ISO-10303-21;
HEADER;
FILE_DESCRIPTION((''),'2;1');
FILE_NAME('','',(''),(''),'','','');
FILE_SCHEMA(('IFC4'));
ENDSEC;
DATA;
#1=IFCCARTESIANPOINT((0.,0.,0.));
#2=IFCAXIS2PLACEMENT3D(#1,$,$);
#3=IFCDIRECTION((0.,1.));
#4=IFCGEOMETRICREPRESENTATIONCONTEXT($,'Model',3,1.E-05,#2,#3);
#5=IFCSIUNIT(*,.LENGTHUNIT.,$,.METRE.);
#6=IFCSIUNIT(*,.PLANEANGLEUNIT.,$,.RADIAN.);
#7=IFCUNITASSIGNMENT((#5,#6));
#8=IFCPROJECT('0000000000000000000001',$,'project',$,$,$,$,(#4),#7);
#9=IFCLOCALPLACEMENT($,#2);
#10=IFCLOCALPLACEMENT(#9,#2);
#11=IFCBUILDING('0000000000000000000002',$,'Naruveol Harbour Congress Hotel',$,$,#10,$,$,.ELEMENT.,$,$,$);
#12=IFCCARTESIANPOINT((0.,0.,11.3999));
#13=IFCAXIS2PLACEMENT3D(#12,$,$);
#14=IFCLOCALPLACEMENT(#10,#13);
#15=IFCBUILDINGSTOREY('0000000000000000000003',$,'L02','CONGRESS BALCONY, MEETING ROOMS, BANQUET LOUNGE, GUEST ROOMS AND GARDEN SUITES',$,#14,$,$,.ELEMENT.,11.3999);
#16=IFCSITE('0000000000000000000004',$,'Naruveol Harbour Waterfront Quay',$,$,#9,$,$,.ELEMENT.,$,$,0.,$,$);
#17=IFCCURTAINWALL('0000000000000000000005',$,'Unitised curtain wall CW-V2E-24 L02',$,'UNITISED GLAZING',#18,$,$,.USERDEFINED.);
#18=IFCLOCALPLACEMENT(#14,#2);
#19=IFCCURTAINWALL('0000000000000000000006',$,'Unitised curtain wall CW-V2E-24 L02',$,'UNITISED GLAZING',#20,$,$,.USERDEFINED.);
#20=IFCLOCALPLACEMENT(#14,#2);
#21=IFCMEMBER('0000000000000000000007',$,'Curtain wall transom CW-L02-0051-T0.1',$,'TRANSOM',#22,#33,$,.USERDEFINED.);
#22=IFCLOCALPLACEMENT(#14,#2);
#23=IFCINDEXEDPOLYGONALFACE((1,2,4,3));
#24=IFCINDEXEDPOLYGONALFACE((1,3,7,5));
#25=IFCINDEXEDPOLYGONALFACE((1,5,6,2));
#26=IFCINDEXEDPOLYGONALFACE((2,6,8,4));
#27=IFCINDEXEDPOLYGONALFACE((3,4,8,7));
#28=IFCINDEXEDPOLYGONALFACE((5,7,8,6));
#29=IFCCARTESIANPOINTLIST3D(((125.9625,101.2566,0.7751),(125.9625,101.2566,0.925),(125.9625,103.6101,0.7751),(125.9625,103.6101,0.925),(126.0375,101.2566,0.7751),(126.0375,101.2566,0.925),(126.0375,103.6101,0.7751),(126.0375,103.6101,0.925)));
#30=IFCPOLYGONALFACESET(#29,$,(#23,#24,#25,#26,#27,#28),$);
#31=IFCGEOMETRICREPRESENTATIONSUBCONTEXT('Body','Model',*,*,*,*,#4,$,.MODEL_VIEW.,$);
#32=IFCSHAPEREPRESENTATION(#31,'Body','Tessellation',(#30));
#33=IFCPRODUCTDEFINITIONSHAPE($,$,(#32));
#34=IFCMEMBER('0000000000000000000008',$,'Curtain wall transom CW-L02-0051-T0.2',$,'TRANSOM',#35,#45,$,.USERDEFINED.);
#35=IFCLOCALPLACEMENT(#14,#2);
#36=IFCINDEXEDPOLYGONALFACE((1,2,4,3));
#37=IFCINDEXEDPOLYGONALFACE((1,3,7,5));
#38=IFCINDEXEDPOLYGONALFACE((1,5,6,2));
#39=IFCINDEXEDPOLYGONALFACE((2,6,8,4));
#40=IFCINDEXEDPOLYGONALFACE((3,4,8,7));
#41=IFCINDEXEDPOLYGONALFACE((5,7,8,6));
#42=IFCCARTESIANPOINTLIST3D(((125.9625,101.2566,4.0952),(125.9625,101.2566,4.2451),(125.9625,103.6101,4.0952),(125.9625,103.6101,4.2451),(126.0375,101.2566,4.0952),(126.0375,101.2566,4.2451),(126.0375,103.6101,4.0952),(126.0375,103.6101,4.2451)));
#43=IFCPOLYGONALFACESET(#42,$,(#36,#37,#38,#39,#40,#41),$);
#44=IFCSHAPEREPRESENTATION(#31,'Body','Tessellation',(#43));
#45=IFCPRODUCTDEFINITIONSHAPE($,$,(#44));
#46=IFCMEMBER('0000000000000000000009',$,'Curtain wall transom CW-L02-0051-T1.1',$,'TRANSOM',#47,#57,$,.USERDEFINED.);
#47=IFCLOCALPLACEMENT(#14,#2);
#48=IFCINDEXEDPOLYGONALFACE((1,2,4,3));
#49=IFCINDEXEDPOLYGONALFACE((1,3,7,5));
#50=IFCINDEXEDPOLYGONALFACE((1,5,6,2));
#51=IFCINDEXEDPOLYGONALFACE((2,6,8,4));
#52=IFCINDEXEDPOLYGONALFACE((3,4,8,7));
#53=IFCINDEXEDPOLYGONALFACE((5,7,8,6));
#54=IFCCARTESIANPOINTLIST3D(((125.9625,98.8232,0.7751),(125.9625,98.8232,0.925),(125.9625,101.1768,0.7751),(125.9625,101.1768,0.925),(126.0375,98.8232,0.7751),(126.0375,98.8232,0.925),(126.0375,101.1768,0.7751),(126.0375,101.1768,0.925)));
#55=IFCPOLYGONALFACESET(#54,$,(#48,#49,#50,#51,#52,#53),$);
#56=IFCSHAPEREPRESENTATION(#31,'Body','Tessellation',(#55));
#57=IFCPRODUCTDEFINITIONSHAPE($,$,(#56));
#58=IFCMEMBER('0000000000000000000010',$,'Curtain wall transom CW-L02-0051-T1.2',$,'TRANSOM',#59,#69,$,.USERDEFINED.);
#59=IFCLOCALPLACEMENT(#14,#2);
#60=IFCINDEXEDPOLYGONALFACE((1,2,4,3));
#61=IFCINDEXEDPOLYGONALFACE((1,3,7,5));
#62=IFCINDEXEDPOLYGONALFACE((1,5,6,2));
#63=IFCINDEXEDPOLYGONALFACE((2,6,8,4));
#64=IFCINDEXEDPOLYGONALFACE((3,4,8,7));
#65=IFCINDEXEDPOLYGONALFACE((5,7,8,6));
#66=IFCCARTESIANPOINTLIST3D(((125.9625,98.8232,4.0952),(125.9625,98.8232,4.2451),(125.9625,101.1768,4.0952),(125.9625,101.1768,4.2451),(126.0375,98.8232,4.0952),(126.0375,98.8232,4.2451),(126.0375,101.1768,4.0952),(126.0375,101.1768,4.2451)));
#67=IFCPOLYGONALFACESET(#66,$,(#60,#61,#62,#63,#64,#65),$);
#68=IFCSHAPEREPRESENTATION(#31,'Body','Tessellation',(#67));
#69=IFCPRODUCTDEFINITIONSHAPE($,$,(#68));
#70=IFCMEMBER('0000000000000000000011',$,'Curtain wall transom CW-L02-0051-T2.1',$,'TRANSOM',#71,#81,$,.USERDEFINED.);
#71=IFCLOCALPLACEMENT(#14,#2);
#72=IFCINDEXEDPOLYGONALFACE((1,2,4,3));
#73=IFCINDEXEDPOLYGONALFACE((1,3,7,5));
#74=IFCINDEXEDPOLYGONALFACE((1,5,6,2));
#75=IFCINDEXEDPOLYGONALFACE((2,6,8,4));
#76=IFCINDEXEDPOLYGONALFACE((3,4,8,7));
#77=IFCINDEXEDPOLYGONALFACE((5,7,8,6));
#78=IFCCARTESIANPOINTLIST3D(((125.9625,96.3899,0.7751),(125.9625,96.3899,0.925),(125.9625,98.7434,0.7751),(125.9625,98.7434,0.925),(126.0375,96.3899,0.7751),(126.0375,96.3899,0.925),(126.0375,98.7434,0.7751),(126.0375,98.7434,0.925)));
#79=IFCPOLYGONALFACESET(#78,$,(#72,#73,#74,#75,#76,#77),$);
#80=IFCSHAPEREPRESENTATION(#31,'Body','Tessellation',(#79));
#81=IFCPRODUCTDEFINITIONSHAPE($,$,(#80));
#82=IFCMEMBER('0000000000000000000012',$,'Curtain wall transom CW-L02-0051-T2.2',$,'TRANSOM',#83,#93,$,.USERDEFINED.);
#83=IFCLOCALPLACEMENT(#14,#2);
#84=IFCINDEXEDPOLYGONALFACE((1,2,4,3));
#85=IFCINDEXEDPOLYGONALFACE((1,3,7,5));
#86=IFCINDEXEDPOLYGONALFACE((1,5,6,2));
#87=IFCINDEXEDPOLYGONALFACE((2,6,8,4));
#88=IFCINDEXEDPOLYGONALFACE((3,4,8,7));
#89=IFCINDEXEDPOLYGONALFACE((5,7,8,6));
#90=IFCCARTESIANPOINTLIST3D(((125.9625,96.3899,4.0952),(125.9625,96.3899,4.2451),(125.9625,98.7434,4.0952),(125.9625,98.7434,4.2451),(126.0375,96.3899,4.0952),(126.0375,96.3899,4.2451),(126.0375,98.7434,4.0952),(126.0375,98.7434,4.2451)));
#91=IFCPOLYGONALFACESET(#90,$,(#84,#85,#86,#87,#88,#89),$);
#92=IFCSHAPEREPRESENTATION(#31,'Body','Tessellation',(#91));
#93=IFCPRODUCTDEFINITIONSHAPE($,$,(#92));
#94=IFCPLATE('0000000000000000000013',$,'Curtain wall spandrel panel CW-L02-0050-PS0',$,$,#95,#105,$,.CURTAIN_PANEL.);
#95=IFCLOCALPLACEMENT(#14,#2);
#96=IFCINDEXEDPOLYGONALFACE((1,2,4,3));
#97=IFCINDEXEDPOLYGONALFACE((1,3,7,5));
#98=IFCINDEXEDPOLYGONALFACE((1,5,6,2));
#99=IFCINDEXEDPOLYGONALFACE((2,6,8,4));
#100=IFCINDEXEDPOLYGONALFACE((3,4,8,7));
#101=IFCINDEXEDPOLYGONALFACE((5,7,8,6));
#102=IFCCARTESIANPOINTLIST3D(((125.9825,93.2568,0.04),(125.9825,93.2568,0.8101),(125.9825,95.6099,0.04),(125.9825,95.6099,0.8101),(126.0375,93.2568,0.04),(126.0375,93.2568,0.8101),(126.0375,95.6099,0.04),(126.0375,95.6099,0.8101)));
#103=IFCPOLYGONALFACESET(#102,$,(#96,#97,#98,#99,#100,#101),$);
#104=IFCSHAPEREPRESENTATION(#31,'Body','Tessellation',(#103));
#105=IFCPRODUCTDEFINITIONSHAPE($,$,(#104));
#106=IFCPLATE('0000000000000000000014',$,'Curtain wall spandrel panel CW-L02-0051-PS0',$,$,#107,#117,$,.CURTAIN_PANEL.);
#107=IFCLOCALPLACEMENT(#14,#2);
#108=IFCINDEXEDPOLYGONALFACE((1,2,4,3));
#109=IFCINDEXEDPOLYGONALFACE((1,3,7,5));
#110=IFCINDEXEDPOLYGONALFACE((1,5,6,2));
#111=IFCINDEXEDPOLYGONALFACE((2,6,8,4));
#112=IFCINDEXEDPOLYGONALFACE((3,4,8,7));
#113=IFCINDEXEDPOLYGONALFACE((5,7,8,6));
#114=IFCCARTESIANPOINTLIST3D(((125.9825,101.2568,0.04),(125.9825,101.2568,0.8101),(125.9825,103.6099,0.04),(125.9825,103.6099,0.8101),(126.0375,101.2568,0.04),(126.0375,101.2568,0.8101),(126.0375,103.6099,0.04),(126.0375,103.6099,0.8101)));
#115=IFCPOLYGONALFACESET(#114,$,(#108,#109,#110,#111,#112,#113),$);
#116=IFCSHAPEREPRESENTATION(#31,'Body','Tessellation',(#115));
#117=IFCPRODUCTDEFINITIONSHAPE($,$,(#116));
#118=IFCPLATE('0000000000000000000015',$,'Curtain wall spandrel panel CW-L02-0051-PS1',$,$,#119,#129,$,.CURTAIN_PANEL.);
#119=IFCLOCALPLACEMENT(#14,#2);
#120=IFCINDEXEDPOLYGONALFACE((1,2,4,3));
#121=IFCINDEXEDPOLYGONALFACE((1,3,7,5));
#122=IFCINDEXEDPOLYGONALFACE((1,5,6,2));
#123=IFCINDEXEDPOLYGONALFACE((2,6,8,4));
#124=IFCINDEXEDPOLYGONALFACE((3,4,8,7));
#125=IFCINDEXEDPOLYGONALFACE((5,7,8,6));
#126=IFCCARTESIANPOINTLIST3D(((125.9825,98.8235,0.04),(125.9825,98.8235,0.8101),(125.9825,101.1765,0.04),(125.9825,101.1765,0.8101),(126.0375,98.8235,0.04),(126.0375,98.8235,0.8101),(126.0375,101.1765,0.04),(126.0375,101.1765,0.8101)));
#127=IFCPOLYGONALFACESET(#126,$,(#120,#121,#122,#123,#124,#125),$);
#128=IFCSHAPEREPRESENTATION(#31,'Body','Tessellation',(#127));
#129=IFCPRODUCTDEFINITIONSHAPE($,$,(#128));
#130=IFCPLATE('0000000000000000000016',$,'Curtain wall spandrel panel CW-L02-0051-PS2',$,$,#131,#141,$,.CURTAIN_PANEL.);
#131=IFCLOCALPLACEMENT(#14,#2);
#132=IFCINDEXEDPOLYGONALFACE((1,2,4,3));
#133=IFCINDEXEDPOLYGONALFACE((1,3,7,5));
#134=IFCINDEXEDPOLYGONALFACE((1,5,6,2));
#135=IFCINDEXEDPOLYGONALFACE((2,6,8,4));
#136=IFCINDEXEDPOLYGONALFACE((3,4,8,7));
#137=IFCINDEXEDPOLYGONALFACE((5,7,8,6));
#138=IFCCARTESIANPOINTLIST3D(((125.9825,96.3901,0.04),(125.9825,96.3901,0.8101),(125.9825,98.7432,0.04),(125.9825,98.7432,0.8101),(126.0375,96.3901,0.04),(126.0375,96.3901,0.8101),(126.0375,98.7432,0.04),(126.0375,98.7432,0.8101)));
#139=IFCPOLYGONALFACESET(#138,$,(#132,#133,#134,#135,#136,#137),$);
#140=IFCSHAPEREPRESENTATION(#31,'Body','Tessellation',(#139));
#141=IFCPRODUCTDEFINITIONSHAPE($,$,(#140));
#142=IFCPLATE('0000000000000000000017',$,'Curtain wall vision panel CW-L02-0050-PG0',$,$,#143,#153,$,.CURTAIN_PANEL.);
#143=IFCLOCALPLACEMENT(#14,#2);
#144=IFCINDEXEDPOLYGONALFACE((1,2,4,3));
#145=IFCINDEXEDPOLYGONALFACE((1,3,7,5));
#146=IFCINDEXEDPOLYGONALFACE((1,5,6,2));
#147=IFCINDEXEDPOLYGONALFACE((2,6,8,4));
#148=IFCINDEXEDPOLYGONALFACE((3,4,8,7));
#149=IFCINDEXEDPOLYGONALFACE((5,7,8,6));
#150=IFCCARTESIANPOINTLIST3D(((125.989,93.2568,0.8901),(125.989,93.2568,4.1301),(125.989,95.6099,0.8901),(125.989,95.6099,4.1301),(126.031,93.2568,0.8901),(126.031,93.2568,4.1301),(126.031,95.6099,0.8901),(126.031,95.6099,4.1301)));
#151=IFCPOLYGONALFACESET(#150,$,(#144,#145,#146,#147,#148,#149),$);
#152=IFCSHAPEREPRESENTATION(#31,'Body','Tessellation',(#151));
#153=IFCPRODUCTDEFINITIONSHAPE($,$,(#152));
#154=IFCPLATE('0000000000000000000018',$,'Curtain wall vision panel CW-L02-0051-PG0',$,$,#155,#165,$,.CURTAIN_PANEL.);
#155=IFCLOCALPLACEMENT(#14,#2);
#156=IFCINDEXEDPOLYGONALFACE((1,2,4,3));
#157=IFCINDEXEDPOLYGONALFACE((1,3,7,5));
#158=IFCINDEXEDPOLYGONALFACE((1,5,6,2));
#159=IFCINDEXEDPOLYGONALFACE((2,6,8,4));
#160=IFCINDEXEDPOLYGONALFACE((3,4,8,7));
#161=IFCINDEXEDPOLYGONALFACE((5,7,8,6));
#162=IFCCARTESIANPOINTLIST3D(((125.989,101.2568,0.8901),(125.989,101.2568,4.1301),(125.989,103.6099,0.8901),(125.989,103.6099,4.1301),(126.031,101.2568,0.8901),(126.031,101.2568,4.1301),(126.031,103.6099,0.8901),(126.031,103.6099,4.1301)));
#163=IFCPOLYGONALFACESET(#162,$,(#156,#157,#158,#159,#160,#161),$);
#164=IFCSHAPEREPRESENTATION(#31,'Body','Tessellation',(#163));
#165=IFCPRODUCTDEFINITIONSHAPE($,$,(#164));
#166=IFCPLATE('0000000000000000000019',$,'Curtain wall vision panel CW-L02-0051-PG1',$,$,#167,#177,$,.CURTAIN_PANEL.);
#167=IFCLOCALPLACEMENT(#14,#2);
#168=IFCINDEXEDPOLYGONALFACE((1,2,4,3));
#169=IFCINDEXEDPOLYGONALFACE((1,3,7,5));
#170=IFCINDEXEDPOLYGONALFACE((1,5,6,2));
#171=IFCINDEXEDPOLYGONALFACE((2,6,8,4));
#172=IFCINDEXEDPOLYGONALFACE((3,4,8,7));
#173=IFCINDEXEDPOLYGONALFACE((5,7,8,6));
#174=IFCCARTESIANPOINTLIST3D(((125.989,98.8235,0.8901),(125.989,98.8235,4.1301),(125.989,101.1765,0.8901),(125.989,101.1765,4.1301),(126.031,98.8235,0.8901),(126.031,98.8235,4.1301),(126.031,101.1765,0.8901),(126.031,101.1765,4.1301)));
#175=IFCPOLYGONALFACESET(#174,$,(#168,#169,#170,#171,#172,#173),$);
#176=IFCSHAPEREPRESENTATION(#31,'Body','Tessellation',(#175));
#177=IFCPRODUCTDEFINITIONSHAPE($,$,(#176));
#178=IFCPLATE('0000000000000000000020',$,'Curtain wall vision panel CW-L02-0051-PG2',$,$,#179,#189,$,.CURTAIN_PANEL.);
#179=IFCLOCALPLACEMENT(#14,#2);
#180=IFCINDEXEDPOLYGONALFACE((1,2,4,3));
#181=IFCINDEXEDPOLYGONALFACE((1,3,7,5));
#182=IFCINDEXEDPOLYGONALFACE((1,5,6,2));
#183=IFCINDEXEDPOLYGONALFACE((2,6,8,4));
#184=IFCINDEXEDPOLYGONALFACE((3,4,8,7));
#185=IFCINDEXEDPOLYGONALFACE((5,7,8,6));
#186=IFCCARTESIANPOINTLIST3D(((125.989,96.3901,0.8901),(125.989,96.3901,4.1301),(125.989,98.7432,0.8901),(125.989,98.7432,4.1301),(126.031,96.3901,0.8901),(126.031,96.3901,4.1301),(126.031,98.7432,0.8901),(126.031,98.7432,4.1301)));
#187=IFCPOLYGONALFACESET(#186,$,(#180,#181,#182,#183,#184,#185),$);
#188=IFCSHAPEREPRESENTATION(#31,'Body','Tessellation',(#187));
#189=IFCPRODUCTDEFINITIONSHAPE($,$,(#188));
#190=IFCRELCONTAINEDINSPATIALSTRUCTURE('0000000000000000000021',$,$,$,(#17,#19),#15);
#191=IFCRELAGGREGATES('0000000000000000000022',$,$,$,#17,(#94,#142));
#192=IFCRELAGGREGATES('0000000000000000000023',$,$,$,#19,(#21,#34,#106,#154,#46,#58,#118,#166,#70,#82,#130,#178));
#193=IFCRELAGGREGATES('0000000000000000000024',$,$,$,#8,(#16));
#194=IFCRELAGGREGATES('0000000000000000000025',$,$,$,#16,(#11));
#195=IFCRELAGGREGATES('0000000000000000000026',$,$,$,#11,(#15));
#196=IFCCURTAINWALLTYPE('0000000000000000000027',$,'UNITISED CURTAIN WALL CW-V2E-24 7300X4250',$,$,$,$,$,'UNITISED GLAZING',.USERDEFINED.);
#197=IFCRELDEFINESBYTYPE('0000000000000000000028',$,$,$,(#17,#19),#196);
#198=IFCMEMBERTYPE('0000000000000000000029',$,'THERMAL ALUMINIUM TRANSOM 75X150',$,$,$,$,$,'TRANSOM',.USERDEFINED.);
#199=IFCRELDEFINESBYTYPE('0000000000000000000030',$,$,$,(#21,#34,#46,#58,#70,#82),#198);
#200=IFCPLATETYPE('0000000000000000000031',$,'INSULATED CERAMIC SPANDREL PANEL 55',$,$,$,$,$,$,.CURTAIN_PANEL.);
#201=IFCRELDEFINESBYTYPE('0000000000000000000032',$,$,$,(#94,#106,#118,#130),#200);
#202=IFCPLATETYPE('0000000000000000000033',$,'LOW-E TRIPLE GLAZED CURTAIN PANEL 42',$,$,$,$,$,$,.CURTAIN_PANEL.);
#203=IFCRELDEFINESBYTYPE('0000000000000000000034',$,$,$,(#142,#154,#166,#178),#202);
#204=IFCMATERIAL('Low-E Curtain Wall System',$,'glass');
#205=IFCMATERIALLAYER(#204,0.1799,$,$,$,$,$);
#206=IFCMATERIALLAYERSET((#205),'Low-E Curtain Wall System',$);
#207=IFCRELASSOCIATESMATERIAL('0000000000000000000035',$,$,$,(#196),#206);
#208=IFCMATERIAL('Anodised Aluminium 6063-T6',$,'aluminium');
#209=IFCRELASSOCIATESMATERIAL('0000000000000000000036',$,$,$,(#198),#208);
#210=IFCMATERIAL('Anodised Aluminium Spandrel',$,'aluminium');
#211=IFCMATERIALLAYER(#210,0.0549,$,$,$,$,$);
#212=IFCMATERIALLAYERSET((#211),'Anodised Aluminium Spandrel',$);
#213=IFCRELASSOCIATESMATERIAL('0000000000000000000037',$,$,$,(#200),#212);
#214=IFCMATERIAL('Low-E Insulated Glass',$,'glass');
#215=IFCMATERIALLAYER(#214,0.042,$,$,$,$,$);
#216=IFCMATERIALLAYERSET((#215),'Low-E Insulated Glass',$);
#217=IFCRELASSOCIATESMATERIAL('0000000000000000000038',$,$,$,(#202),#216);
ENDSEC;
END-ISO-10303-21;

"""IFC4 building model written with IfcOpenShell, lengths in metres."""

from ifc_helpers import new_model, si_unit, direction, frame, origin, origin_2d, place, context, subcontext, project, spatial, rectangle, extrude, material, layer, layer_set, material_profile, profile_set, type_object, element, aggregate, save


model = new_model("IFC4")

# Units and contexts
model_context = context("Model", 3, precision=1e-05, world=origin(), true_north=direction((0.0, 1.0)))
body_context = subcontext(model_context, "Body", "Model", "MODEL_VIEW")
ifc_project = project(units=[si_unit("LENGTHUNIT", "METRE"), si_unit("PLANEANGLEUNIT", "RADIAN")], contexts=[model_context])

# Site, building, storey
site_placement = place(None, origin())
site = spatial("IfcSite", under=ifc_project, at=site_placement, Name="Naruveol Harbour Waterfront Quay", CompositionType="ELEMENT", RefElevation=0.0)
building_placement = place(site_placement, origin())
building = spatial("IfcBuilding", under=site, at=building_placement, Name="Naruveol Harbour Congress Hotel", CompositionType="ELEMENT")
storey_placement = place(building_placement, frame((0.0, 0.0, 11.3999)))
storey = spatial("IfcBuildingStorey", under=building, at=storey_placement, Name="L02", Description="CONGRESS BALCONY, MEETING ROOMS, BANQUET LOUNGE, GUEST ROOMS AND GARDEN SUITES", CompositionType="ELEMENT", Elevation=11.3999)

# Curtain walls
ifc_material_1 = material(Name="Low-E Curtain Wall System", Category="glass")
ifc_layer_1 = layer(ifc_material_1, 0.1799)
ifc_layer_set_1 = layer_set([ifc_layer_1], Name="Low-E Curtain Wall System")
curtain_wall_type = type_object("IfcCurtainWallType", Name="UNITISED CURTAIN WALL CW-V2E-24 7300X4250", ElementType="UNITISED GLAZING", PredefinedType="USERDEFINED", material=ifc_layer_set_1)
curtain_wall_1_placement = place(storey_placement, origin())
curtain_wall_1 = element("IfcCurtainWall", 1, at=curtain_wall_1_placement, inside=storey, type_object=curtain_wall_type, Name="Unitised curtain wall CW-V2E-24 L02", ObjectType="UNITISED GLAZING", PredefinedType="USERDEFINED")
curtain_wall_2_placement = place(storey_placement, origin())
curtain_wall_2 = element("IfcCurtainWall", 2, at=curtain_wall_2_placement, inside=storey, type_object=curtain_wall_type, Name="Unitised curtain wall CW-V2E-24 L02", ObjectType="UNITISED GLAZING", PredefinedType="USERDEFINED")

# Members
ifc_material_2 = material(Name="Anodised Aluminium 6063-T6", Category="aluminium")
ifc_material_profile_1 = material_profile(ifc_material_2, rectangle(XDim=0.075, YDim=0.1499, at=origin_2d()), Name="ALU-75x150")
ifc_profile_set_1 = profile_set([ifc_material_profile_1], Name="Anodised Aluminium 6063-T6")
member_type_1 = type_object("IfcMemberType", Name="THERMAL ALUMINIUM TRANSOM 75X150", ElementType="TRANSOM", PredefinedType="USERDEFINED", material=ifc_profile_set_1)
member_1_placement = place(storey_placement, frame((126.0, 103.6101, 0.8501), z_axis=(0.0, -1.0, 0.0), x_axis=(1.0, 0.0, 0.0)))
member_1 = element("IfcMember", 3, at=member_1_placement, type_object=member_type_1, Name="Curtain wall transom CW-L02-0051-T0.1", ObjectType="TRANSOM", PredefinedType="USERDEFINED", context=body_context, shape_type="SweptSolid", body=[
    extrude(rectangle(XDim=0.075, YDim=0.1499, at=origin_2d()), origin(), (0.0, 0.0, 1.0), 2.3535),
])
member_2_placement = place(storey_placement, frame((126.0, 103.6101, 4.1702), z_axis=(0.0, -1.0, 0.0), x_axis=(1.0, 0.0, 0.0)))
member_2 = element("IfcMember", 4, at=member_2_placement, type_object=member_type_1, Name="Curtain wall transom CW-L02-0051-T0.2", ObjectType="TRANSOM", PredefinedType="USERDEFINED", context=body_context, shape_type="SweptSolid", body=[
    extrude(rectangle(XDim=0.075, YDim=0.1499, at=origin_2d()), origin(), (0.0, 0.0, 1.0), 2.3535),
])
member_3_placement = place(storey_placement, frame((126.0, 101.1768, 0.8501), z_axis=(0.0, -1.0, 0.0), x_axis=(1.0, 0.0, 0.0)))
member_3 = element("IfcMember", 5, at=member_3_placement, type_object=member_type_1, Name="Curtain wall transom CW-L02-0051-T1.1", ObjectType="TRANSOM", PredefinedType="USERDEFINED", context=body_context, shape_type="SweptSolid", body=[
    extrude(rectangle(XDim=0.075, YDim=0.1499, at=origin_2d()), origin(), (0.0, 0.0, 1.0), 2.3535),
])
member_4_placement = place(storey_placement, frame((126.0, 101.1768, 4.1702), z_axis=(0.0, -1.0, 0.0), x_axis=(1.0, 0.0, 0.0)))
member_4 = element("IfcMember", 6, at=member_4_placement, type_object=member_type_1, Name="Curtain wall transom CW-L02-0051-T1.2", ObjectType="TRANSOM", PredefinedType="USERDEFINED", context=body_context, shape_type="SweptSolid", body=[
    extrude(rectangle(XDim=0.075, YDim=0.1499, at=origin_2d()), origin(), (0.0, 0.0, 1.0), 2.3535),
])
member_5_placement = place(storey_placement, frame((126.0, 98.7434, 0.8501), z_axis=(0.0, -1.0, 0.0), x_axis=(1.0, 0.0, 0.0)))
member_5 = element("IfcMember", 7, at=member_5_placement, type_object=member_type_1, Name="Curtain wall transom CW-L02-0051-T2.1", ObjectType="TRANSOM", PredefinedType="USERDEFINED", context=body_context, shape_type="SweptSolid", body=[
    extrude(rectangle(XDim=0.075, YDim=0.1499, at=origin_2d()), origin(), (0.0, 0.0, 1.0), 2.3535),
])
member_6_placement = place(storey_placement, frame((126.0, 98.7434, 4.1702), z_axis=(0.0, -1.0, 0.0), x_axis=(1.0, 0.0, 0.0)))
member_6 = element("IfcMember", 8, at=member_6_placement, type_object=member_type_1, Name="Curtain wall transom CW-L02-0051-T2.2", ObjectType="TRANSOM", PredefinedType="USERDEFINED", context=body_context, shape_type="SweptSolid", body=[
    extrude(rectangle(XDim=0.075, YDim=0.1499, at=origin_2d()), origin(), (0.0, 0.0, 1.0), 2.3535),
])

# Plates
ifc_material_3 = material(Name="Anodised Aluminium Spandrel", Category="aluminium")
ifc_layer_2 = layer(ifc_material_3, 0.0549)
ifc_layer_set_2 = layer_set([ifc_layer_2], Name="Anodised Aluminium Spandrel")
plate_type_1 = type_object("IfcPlateType", Name="INSULATED CERAMIC SPANDREL PANEL 55", PredefinedType="CURTAIN_PANEL", material=ifc_layer_set_2)
plate_1_placement = place(storey_placement, frame((126.01, 94.4333, 0.04), z_axis=(0.0, 0.0, 1.0), x_axis=(0.0, -1.0, 0.0)))
plate_1 = element("IfcPlate", 9, at=plate_1_placement, type_object=plate_type_1, Name="Curtain wall spandrel panel CW-L02-0050-PS0", PredefinedType="CURTAIN_PANEL", context=body_context, shape_type="SweptSolid", body=[
    extrude(rectangle(XDim=2.353, YDim=0.0549, at=origin_2d()), origin(), (0.0, 0.0, 1.0), 0.77),
])
plate_2_placement = place(storey_placement, frame((126.01, 102.4333, 0.04), z_axis=(0.0, 0.0, 1.0), x_axis=(0.0, -1.0, 0.0)))
plate_2 = element("IfcPlate", 10, at=plate_2_placement, type_object=plate_type_1, Name="Curtain wall spandrel panel CW-L02-0051-PS0", PredefinedType="CURTAIN_PANEL", context=body_context, shape_type="SweptSolid", body=[
    extrude(rectangle(XDim=2.353, YDim=0.0549, at=origin_2d()), origin(), (0.0, 0.0, 1.0), 0.77),
])
plate_3_placement = place(storey_placement, frame((126.01, 100.0, 0.04), z_axis=(0.0, 0.0, 1.0), x_axis=(0.0, -1.0, 0.0)))
plate_3 = element("IfcPlate", 11, at=plate_3_placement, type_object=plate_type_1, Name="Curtain wall spandrel panel CW-L02-0051-PS1", PredefinedType="CURTAIN_PANEL", context=body_context, shape_type="SweptSolid", body=[
    extrude(rectangle(XDim=2.353, YDim=0.0549, at=origin_2d()), origin(), (0.0, 0.0, 1.0), 0.77),
])
plate_4_placement = place(storey_placement, frame((126.01, 97.5667, 0.04), z_axis=(0.0, 0.0, 1.0), x_axis=(0.0, -1.0, 0.0)))
plate_4 = element("IfcPlate", 12, at=plate_4_placement, type_object=plate_type_1, Name="Curtain wall spandrel panel CW-L02-0051-PS2", PredefinedType="CURTAIN_PANEL", context=body_context, shape_type="SweptSolid", body=[
    extrude(rectangle(XDim=2.353, YDim=0.0549, at=origin_2d()), origin(), (0.0, 0.0, 1.0), 0.77),
])
ifc_material_4 = material(Name="Low-E Insulated Glass", Category="glass")
ifc_layer_3 = layer(ifc_material_4, 0.042)
ifc_layer_set_3 = layer_set([ifc_layer_3], Name="Low-E Insulated Glass")
plate_type_2 = type_object("IfcPlateType", Name="LOW-E TRIPLE GLAZED CURTAIN PANEL 42", PredefinedType="CURTAIN_PANEL", material=ifc_layer_set_3)
plate_5_placement = place(storey_placement, frame((126.01, 94.4333, 0.8901), z_axis=(0.0, 0.0, 1.0), x_axis=(0.0, -1.0, 0.0)))
plate_5 = element("IfcPlate", 13, at=plate_5_placement, type_object=plate_type_2, Name="Curtain wall vision panel CW-L02-0050-PG0", PredefinedType="CURTAIN_PANEL", context=body_context, shape_type="SweptSolid", body=[
    extrude(rectangle(XDim=2.353, YDim=0.042, at=origin_2d()), origin(), (0.0, 0.0, 1.0), 3.24),
])
aggregate(curtain_wall_1, [plate_1, plate_5])
plate_6_placement = place(storey_placement, frame((126.01, 102.4333, 0.8901), z_axis=(0.0, 0.0, 1.0), x_axis=(0.0, -1.0, 0.0)))
plate_6 = element("IfcPlate", 14, at=plate_6_placement, type_object=plate_type_2, Name="Curtain wall vision panel CW-L02-0051-PG0", PredefinedType="CURTAIN_PANEL", context=body_context, shape_type="SweptSolid", body=[
    extrude(rectangle(XDim=2.353, YDim=0.042, at=origin_2d()), origin(), (0.0, 0.0, 1.0), 3.24),
])
plate_7_placement = place(storey_placement, frame((126.01, 100.0, 0.8901), z_axis=(0.0, 0.0, 1.0), x_axis=(0.0, -1.0, 0.0)))
plate_7 = element("IfcPlate", 15, at=plate_7_placement, type_object=plate_type_2, Name="Curtain wall vision panel CW-L02-0051-PG1", PredefinedType="CURTAIN_PANEL", context=body_context, shape_type="SweptSolid", body=[
    extrude(rectangle(XDim=2.353, YDim=0.042, at=origin_2d()), origin(), (0.0, 0.0, 1.0), 3.24),
])
plate_8_placement = place(storey_placement, frame((126.01, 97.5667, 0.8901), z_axis=(0.0, 0.0, 1.0), x_axis=(0.0, -1.0, 0.0)))
plate_8 = element("IfcPlate", 16, at=plate_8_placement, type_object=plate_type_2, Name="Curtain wall vision panel CW-L02-0051-PG2", PredefinedType="CURTAIN_PANEL", context=body_context, shape_type="SweptSolid", body=[
    extrude(rectangle(XDim=2.353, YDim=0.042, at=origin_2d()), origin(), (0.0, 0.0, 1.0), 3.24),
])
aggregate(curtain_wall_2, [member_1, member_2, plate_2, plate_6, member_3, member_4, plate_3, plate_7, member_5, member_6, plate_4, plate_8])

save(model, "model.ifc")
